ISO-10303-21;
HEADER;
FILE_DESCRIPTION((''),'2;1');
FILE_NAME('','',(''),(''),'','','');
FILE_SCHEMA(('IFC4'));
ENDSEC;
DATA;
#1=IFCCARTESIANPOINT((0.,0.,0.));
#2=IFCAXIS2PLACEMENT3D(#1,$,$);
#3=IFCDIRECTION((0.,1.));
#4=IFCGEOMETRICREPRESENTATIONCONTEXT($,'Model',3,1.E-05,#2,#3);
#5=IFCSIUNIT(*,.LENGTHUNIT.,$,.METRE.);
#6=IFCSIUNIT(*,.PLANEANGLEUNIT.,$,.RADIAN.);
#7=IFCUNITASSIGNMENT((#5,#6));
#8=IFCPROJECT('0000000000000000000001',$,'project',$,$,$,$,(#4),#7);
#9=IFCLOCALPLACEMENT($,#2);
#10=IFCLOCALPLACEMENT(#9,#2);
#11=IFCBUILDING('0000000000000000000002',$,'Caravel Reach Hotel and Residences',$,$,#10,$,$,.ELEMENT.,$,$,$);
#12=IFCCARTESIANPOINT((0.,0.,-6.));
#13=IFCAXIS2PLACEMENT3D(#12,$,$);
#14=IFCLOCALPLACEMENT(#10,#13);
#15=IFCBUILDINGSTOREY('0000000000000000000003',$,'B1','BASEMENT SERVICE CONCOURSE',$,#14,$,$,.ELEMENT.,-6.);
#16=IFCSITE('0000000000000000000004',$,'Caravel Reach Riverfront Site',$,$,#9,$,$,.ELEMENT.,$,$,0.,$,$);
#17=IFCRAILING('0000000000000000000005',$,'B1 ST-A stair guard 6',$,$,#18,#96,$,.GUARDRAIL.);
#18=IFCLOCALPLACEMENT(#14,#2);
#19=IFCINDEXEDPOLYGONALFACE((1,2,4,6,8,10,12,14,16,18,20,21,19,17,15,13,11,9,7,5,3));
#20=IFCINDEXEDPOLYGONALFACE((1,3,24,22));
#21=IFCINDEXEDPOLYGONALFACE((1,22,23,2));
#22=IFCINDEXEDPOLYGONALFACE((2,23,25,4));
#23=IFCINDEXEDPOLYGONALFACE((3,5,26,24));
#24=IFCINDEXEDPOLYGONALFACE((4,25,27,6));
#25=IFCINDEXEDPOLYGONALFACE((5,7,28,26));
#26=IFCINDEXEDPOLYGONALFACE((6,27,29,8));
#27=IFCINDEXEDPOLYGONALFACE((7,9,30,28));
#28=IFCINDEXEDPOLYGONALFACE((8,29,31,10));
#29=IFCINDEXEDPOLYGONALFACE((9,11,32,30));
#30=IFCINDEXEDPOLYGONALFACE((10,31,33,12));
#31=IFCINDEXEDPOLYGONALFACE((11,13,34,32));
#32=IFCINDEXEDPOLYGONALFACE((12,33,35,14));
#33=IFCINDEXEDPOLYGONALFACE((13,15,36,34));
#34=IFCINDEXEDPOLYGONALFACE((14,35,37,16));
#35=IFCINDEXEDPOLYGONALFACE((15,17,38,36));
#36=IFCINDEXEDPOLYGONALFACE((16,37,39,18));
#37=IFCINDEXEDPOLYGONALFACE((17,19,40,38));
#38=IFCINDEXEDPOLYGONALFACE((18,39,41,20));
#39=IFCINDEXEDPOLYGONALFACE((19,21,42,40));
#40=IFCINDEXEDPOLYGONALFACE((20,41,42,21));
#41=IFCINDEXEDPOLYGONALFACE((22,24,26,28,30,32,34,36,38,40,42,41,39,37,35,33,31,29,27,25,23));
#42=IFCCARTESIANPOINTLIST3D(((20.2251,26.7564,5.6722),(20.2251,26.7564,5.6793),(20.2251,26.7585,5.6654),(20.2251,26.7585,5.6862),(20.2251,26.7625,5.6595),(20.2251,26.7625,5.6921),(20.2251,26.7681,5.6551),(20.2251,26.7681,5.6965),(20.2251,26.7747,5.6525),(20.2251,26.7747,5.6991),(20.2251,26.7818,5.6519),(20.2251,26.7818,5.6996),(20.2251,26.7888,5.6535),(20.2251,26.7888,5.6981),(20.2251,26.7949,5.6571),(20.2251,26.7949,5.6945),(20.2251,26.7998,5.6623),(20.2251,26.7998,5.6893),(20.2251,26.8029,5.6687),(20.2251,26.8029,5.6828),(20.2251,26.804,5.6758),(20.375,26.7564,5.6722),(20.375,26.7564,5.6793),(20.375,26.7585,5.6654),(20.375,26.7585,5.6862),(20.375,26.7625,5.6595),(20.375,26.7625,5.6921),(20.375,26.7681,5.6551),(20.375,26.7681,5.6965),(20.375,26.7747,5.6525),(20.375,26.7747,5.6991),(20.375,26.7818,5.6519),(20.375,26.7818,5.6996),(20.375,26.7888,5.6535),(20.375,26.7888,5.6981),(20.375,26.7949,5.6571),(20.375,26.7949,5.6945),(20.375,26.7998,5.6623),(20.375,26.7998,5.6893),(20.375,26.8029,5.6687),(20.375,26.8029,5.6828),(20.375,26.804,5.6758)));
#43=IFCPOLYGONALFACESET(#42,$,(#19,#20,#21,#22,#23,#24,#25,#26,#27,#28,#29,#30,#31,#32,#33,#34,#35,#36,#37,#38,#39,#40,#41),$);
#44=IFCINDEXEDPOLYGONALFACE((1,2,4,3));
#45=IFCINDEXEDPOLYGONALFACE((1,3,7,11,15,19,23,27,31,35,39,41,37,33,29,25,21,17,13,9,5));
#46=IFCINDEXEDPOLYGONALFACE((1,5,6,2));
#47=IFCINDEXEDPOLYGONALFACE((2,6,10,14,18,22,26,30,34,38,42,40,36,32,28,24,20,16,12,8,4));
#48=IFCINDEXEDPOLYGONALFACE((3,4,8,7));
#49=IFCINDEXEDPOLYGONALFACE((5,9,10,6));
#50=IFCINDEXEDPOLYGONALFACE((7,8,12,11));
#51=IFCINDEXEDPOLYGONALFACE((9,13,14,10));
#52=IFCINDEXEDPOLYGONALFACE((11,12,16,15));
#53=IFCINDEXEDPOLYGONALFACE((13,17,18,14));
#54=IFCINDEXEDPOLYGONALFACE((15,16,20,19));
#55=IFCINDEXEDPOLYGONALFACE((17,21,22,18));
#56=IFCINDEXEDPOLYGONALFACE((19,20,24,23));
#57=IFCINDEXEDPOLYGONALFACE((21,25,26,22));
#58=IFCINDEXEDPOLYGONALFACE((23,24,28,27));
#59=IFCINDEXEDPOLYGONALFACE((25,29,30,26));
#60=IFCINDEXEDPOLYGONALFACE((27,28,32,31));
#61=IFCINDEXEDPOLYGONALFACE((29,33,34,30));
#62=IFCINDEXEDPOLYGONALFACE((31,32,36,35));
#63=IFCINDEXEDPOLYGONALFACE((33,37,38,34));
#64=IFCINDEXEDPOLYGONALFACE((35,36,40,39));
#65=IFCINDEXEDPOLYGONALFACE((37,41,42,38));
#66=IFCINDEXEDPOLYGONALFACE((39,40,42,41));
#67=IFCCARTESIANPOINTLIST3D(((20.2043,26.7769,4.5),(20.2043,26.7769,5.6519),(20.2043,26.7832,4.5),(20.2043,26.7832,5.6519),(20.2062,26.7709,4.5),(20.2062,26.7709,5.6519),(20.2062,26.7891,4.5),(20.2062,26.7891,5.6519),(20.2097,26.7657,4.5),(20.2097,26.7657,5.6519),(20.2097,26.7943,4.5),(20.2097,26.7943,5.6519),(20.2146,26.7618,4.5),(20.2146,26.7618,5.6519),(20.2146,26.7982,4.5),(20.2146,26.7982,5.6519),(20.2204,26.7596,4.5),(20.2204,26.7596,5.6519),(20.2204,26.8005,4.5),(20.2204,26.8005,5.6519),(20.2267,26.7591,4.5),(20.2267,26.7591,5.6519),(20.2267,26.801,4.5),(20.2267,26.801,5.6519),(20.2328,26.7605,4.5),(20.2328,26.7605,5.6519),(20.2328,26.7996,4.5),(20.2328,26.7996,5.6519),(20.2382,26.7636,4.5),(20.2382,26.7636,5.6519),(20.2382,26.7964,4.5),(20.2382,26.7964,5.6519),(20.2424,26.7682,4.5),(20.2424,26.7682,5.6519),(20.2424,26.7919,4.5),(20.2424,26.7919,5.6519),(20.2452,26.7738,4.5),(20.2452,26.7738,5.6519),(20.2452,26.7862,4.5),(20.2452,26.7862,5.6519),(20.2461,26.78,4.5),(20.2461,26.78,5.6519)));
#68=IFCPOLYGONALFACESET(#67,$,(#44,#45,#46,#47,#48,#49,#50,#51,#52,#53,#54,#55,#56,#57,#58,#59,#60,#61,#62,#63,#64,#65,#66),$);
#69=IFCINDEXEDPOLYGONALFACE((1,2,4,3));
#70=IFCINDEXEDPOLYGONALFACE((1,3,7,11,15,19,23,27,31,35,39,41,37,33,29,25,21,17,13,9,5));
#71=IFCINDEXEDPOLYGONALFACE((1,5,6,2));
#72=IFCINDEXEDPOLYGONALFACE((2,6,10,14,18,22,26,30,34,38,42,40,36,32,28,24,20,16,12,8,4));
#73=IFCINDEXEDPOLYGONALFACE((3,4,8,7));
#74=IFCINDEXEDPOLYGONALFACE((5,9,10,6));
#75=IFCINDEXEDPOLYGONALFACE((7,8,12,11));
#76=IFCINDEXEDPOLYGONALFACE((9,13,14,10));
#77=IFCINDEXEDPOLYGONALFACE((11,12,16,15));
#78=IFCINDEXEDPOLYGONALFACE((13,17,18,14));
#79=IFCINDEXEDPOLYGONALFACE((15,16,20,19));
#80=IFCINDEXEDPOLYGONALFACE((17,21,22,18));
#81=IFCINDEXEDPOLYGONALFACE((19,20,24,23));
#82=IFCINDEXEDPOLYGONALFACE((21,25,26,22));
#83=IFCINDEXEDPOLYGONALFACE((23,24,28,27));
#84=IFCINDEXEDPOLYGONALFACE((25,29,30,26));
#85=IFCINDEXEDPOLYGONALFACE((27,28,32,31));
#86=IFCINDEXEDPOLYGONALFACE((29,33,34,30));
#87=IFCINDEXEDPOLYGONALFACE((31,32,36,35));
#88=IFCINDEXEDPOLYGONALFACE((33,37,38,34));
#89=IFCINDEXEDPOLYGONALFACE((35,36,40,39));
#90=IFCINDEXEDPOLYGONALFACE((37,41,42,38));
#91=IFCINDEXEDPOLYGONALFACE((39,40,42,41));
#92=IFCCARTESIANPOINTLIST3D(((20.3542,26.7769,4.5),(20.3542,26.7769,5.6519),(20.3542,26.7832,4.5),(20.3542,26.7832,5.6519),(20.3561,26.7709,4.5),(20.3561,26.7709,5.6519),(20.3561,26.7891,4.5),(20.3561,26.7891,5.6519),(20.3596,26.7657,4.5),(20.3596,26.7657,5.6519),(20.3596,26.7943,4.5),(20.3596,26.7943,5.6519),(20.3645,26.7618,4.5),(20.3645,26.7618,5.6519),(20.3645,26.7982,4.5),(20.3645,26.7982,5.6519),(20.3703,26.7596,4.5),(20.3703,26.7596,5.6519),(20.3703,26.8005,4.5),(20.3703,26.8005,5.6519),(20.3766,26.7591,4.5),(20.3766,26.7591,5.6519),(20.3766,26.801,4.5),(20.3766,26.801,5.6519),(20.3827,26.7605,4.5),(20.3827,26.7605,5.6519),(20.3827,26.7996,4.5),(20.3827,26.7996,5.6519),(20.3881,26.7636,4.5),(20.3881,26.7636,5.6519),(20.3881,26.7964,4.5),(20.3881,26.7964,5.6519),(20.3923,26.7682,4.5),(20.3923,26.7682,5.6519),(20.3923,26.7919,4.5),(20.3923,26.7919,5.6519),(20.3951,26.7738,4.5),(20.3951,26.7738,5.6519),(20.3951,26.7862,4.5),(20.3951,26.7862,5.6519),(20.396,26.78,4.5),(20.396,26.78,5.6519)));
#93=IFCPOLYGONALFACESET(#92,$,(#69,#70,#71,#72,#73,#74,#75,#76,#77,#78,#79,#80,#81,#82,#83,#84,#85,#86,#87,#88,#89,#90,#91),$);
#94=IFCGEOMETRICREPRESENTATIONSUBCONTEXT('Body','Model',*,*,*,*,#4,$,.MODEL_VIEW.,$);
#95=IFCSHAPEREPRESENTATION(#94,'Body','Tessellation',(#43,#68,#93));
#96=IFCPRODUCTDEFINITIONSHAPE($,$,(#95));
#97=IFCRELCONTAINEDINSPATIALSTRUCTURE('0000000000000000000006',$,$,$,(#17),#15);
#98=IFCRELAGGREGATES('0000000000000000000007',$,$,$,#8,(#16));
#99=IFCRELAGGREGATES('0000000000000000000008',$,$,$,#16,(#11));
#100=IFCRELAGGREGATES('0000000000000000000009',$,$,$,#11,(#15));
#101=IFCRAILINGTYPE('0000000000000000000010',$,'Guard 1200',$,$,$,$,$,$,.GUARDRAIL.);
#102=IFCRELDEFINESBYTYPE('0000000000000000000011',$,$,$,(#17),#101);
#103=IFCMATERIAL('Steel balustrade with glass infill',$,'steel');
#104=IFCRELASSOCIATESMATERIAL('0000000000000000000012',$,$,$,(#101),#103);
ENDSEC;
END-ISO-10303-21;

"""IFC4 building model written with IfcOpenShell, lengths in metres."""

from ifc_helpers import new_model, si_unit, direction, frame, origin, origin_2d, place, context, subcontext, project, spatial, circle, extrude, material, type_object, element, save


model = new_model("IFC4")

# Units and contexts
model_context = context("Model", 3, precision=1e-05, world=origin(), true_north=direction((0.0, 1.0)))
body_context = subcontext(model_context, "Body", "Model", "MODEL_VIEW")
ifc_project = project(units=[si_unit("LENGTHUNIT", "METRE"), si_unit("PLANEANGLEUNIT", "RADIAN")], contexts=[model_context])

# Site, building, storey
site_placement = place(None, origin())
site = spatial("IfcSite", under=ifc_project, at=site_placement, Name="Caravel Reach Riverfront Site", CompositionType="ELEMENT", RefElevation=0.0)
building_placement = place(site_placement, origin())
building = spatial("IfcBuilding", under=site, at=building_placement, Name="Caravel Reach Hotel and Residences", CompositionType="ELEMENT")
storey_placement = place(building_placement, frame((0.0, 0.0, -6.0)))
storey = spatial("IfcBuildingStorey", under=building, at=storey_placement, Name="B1", Description="BASEMENT SERVICE CONCOURSE", CompositionType="ELEMENT", Elevation=-6.0)

# Railing
ifc_material_1 = material(Name="Steel balustrade with glass infill", Category="steel")
railing_type_1 = type_object("IfcRailingType", Name="Guard 1200", PredefinedType="GUARDRAIL", material=ifc_material_1)
railing_1_placement = place(storey_placement, frame((20.2251, 26.78, 4.5)))
element("IfcRailing", 1, at=railing_1_placement, inside=storey, type_object=railing_type_1, Name="B1 ST-A stair guard 6", PredefinedType="GUARDRAIL", context=body_context, shape_type="SweptSolid", body=[
    extrude(circle(Radius=0.0239, at=origin_2d()), frame((0.0, 0.0, 1.1758), z_axis=(1.0, 0.0, 0.0), x_axis=(0.0, 1.0, 0.0)), (0.0, 0.0, 1.0), 0.1499),
    extrude(circle(Radius=0.021, at=origin_2d()), origin(), (0.0, 0.0, 1.0), 1.1519),
    extrude(circle(Radius=0.021, at=origin_2d()), frame((0.1499, 0.0, 0.0)), (0.0, 0.0, 1.0), 1.1519),
])

save(model, "model.ifc")
